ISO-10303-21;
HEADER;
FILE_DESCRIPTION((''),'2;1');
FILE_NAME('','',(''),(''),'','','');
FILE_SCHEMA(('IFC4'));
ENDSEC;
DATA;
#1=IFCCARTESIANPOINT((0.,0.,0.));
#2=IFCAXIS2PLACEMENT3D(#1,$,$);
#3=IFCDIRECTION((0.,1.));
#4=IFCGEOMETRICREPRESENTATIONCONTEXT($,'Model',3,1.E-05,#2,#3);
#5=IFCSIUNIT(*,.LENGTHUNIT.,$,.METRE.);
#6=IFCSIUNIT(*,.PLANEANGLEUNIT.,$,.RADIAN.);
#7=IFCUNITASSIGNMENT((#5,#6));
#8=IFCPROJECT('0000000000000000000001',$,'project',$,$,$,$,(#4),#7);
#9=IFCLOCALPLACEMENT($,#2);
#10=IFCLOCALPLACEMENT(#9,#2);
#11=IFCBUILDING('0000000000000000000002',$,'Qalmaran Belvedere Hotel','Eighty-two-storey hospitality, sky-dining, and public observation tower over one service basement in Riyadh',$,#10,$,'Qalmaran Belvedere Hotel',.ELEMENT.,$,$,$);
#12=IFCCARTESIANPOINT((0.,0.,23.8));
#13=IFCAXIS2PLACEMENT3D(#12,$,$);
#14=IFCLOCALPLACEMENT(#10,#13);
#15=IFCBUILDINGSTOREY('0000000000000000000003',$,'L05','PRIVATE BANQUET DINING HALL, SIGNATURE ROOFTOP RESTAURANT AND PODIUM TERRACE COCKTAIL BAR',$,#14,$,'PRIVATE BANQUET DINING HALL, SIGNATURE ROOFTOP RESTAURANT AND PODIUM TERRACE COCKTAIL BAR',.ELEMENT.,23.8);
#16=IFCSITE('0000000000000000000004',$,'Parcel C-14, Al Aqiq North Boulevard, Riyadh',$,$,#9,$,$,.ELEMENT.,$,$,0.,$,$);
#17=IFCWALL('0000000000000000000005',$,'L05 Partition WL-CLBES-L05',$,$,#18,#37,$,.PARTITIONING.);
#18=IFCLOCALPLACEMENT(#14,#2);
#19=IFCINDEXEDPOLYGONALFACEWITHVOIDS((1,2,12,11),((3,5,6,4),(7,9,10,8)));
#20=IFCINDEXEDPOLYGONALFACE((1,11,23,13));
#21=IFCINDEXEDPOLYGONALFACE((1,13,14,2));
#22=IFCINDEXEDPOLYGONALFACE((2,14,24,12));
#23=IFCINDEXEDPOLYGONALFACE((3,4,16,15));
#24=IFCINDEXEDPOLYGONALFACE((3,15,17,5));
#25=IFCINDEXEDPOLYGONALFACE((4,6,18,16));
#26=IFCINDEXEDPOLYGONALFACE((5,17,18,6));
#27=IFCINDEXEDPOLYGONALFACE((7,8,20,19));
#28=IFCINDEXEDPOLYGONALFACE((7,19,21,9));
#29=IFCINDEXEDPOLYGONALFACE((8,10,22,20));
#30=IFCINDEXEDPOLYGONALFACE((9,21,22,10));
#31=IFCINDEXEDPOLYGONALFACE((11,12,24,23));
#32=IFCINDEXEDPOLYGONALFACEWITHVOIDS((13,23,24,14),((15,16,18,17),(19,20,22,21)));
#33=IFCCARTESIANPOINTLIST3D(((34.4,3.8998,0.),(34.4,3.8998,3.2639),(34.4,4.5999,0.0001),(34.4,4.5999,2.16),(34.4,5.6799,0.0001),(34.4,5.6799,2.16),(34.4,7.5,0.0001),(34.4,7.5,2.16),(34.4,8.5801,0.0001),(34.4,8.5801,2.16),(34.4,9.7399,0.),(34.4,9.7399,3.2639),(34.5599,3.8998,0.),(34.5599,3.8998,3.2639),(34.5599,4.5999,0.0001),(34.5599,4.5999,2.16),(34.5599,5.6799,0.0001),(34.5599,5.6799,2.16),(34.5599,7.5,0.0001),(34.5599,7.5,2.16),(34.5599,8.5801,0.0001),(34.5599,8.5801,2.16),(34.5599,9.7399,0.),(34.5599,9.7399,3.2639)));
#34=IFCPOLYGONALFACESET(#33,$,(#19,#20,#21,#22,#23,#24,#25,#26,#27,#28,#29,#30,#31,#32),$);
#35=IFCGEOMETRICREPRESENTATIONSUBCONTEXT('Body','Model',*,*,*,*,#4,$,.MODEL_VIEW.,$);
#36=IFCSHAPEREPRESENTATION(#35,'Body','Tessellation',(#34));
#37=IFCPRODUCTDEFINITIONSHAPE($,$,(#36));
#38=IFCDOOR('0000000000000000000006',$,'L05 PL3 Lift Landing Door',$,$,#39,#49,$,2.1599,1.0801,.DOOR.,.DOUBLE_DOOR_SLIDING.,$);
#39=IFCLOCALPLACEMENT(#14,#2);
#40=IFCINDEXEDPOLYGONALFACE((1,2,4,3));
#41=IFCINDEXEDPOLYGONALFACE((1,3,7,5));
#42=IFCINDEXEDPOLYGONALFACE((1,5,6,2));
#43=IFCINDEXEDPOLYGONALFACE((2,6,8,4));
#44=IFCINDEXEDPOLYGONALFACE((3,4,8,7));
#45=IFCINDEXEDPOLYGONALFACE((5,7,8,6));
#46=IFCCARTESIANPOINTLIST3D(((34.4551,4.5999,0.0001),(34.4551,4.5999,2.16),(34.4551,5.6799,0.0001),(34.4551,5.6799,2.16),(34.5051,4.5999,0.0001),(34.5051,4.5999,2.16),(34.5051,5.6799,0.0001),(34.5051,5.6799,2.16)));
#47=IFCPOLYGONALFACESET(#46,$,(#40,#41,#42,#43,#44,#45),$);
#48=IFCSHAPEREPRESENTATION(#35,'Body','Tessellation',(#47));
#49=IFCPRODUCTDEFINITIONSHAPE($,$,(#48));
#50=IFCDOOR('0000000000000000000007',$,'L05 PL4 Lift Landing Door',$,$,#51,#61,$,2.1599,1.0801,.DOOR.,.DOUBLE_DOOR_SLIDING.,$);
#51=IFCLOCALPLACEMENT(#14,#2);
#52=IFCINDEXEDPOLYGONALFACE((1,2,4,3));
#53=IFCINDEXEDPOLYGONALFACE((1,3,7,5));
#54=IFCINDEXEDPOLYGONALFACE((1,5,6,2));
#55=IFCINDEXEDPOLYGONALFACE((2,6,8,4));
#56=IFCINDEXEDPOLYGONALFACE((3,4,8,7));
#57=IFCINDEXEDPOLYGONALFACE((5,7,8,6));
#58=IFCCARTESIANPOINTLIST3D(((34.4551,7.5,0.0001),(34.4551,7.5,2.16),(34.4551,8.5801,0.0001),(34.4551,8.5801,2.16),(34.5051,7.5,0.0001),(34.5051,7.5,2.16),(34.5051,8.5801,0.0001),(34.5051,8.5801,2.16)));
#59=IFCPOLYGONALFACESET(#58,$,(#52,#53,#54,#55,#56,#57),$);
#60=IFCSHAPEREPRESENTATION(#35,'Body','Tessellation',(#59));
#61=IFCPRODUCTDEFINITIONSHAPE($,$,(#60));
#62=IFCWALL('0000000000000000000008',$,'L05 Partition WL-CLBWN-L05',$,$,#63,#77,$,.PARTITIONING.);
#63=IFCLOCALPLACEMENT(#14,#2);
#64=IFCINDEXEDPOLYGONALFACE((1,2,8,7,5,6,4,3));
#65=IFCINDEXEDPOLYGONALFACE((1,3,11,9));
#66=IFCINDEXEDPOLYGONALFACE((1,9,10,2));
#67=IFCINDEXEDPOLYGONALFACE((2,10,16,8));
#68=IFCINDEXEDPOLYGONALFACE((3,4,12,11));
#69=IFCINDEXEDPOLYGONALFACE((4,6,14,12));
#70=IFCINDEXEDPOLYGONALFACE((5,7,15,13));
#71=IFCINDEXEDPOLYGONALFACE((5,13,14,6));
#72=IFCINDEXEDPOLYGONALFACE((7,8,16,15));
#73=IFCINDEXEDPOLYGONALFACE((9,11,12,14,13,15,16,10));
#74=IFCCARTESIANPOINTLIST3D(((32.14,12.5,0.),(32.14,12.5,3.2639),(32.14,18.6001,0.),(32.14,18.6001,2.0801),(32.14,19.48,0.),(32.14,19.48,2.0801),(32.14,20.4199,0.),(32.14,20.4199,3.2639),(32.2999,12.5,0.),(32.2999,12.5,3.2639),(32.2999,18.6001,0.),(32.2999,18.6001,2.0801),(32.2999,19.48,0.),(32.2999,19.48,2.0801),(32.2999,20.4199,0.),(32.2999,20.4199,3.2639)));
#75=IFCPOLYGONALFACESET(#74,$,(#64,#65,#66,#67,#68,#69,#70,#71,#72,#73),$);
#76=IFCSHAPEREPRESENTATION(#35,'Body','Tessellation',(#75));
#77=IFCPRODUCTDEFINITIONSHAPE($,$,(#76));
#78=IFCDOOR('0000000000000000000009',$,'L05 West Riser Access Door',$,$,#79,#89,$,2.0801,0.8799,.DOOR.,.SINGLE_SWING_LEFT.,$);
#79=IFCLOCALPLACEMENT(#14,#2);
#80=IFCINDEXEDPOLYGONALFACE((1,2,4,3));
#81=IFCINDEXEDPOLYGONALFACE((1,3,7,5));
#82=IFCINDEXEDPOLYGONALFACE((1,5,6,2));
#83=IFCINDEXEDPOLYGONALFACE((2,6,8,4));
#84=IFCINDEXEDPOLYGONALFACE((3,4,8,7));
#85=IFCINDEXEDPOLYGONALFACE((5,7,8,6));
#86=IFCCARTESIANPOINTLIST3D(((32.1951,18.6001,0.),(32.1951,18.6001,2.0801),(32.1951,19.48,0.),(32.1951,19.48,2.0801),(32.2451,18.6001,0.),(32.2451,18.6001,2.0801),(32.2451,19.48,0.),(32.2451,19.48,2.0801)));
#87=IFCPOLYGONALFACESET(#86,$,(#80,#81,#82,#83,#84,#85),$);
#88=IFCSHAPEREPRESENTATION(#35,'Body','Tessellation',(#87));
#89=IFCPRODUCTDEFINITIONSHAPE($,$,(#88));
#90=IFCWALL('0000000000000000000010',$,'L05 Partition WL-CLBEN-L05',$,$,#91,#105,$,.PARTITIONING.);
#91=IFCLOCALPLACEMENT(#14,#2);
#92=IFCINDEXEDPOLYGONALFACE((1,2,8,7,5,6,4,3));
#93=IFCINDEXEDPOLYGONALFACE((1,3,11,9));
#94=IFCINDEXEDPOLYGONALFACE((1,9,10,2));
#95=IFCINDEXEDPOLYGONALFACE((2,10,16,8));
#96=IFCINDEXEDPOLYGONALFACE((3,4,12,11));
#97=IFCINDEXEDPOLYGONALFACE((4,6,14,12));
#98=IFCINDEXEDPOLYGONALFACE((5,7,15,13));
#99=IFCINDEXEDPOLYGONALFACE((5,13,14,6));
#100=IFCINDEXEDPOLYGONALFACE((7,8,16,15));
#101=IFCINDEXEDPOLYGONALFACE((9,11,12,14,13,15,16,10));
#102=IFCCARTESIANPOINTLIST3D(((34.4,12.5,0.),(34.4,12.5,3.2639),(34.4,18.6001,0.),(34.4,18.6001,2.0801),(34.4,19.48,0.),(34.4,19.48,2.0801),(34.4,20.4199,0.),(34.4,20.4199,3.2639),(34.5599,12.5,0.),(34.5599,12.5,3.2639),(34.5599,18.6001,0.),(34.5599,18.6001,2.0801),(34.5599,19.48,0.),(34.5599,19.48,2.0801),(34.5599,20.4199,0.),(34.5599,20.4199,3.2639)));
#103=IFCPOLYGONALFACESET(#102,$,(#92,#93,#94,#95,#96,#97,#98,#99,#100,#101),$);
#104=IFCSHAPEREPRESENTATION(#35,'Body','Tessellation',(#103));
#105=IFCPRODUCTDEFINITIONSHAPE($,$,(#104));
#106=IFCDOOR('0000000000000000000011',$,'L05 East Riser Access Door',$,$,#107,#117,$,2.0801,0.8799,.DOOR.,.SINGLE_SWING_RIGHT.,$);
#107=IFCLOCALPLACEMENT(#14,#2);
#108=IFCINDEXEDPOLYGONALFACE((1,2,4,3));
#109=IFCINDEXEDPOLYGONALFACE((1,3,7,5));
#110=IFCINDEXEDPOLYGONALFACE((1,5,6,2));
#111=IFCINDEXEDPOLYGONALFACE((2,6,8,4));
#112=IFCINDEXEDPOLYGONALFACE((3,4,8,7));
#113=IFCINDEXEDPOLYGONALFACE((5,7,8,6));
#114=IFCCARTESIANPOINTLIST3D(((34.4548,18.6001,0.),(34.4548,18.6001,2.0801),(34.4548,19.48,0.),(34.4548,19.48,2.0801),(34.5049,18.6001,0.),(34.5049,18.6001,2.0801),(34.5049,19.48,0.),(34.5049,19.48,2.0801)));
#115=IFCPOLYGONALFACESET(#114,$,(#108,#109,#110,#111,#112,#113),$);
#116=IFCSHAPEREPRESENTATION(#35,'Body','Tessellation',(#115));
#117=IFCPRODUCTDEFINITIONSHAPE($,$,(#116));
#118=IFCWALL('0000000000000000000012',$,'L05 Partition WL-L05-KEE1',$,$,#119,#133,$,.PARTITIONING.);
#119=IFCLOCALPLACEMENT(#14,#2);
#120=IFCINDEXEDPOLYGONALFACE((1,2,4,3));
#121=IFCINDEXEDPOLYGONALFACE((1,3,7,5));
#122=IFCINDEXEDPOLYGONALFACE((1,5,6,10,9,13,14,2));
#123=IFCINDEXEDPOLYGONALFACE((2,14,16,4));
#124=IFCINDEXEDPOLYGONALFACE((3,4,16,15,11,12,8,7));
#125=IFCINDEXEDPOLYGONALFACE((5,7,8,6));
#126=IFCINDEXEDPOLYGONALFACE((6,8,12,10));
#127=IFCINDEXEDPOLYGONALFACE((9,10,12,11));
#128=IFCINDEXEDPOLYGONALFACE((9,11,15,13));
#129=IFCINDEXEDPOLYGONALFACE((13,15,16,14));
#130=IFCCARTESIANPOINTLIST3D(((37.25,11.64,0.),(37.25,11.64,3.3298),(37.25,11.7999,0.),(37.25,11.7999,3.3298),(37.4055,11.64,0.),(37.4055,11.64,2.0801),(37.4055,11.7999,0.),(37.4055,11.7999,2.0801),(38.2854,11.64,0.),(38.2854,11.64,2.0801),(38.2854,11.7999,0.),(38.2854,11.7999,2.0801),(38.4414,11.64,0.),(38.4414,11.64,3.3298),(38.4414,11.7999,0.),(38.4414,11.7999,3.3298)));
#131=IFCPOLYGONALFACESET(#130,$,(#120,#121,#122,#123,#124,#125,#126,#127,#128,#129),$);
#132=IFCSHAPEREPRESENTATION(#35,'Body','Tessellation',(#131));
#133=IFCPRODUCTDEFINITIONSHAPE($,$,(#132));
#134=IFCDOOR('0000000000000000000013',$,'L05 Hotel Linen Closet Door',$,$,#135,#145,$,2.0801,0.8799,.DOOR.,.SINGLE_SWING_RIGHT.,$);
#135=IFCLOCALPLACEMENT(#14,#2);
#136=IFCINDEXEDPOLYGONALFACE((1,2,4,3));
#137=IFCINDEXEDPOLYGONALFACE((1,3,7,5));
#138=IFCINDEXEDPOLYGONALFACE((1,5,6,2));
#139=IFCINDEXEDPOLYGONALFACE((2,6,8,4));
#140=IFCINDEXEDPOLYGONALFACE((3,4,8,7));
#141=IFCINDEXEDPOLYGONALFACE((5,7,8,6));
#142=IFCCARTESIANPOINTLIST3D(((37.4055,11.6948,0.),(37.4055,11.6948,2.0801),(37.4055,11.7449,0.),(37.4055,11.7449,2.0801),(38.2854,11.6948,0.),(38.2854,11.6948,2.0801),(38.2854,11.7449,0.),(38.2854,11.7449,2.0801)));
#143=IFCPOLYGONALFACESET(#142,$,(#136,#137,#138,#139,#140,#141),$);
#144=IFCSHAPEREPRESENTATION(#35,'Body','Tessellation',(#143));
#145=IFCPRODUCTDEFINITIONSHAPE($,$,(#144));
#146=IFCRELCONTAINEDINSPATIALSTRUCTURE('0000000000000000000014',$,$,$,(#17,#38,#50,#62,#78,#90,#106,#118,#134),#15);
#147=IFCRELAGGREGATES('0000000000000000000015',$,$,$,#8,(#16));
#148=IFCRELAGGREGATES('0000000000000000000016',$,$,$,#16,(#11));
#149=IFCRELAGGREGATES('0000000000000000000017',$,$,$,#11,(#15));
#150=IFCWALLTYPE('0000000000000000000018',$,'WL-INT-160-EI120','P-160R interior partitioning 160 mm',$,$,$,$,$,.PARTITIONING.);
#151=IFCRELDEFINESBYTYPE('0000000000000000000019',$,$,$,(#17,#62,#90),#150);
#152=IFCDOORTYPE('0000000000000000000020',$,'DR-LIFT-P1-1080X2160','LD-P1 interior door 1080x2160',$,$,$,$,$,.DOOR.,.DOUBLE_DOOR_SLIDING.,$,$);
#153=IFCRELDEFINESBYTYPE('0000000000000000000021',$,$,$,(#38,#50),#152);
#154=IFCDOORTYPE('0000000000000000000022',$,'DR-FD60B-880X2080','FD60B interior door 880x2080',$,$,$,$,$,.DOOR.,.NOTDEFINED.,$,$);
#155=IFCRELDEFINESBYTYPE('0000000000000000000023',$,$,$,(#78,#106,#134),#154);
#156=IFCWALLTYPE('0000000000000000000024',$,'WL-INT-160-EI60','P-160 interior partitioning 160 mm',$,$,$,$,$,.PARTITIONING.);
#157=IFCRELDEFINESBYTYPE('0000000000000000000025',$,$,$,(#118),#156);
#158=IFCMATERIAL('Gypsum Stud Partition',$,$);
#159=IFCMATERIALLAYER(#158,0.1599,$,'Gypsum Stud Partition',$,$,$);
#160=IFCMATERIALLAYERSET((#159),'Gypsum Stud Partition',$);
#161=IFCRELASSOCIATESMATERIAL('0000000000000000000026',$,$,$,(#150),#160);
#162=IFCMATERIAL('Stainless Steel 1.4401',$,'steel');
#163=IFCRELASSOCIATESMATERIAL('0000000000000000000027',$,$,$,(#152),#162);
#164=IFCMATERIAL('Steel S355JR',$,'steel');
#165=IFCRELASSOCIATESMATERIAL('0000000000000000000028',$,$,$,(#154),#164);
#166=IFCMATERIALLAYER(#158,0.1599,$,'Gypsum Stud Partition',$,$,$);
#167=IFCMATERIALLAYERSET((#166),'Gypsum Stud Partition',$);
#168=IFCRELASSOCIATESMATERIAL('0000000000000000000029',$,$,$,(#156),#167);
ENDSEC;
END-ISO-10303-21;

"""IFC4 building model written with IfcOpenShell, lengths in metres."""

from ifc_helpers import new_model, si_unit, direction, frame, frame_2d, origin, place, context, subcontext, project, spatial, rectangle, extrude, material, layer, layer_set, type_object, element, fill, save


model = new_model("IFC4")

# Units and contexts
model_context = context("Model", 3, precision=1e-05, world=origin(), true_north=direction((0.0, 1.0)))
body_context = subcontext(model_context, "Body", "Model", "MODEL_VIEW")
ifc_project = project(units=[si_unit("LENGTHUNIT", "METRE"), si_unit("PLANEANGLEUNIT", "RADIAN")], contexts=[model_context])

# Site, building, storey
site_placement = place(None, origin())
site = spatial("IfcSite", under=ifc_project, at=site_placement, Name="Parcel C-14, Al Aqiq North Boulevard, Riyadh", CompositionType="ELEMENT", RefElevation=0.0)
building_placement = place(site_placement, origin())
building = spatial("IfcBuilding", under=site, at=building_placement, Name="Qalmaran Belvedere Hotel", Description="Eighty-two-storey hospitality, sky-dining, and public observation tower over one service basement in Riyadh", LongName="Qalmaran Belvedere Hotel", CompositionType="ELEMENT")
storey_placement = place(building_placement, frame((0.0, 0.0, 23.8)))
storey = spatial("IfcBuildingStorey", under=building, at=storey_placement, Name="L05", Description="PRIVATE BANQUET DINING HALL, SIGNATURE ROOFTOP RESTAURANT AND PODIUM TERRACE COCKTAIL BAR", LongName="PRIVATE BANQUET DINING HALL, SIGNATURE ROOFTOP RESTAURANT AND PODIUM TERRACE COCKTAIL BAR", CompositionType="ELEMENT", Elevation=23.8)

# Shared definitions
ifc_material_1 = material(Name="Steel S355JR", Category="steel")

# Shared definitions
ifc_material_2 = material(Name="Gypsum Stud Partition")
ifc_layer_1 = layer(ifc_material_2, 0.1599, Name="Gypsum Stud Partition")
ifc_layer_set_1 = layer_set([ifc_layer_1], Name="Gypsum Stud Partition")
wall_type_1 = type_object("IfcWallType", Name="WL-INT-160-EI120", Description="P-160R interior partitioning 160 mm", PredefinedType="PARTITIONING", material=ifc_layer_set_1)

# Wall, openings, doors
ifc_material_3 = material(Name="Stainless Steel 1.4401", Category="steel")
door_type_1 = type_object("IfcDoorType", Name="DR-LIFT-P1-1080X2160", Description="LD-P1 interior door 1080x2160", OperationType="DOUBLE_DOOR_SLIDING", PredefinedType="DOOR", material=ifc_material_3)
wall_1_placement = place(storey_placement, frame((34.48, 3.8999, 0.0), z_axis=(0.0, 0.0, 1.0), x_axis=(0.0, 1.0, 0.0)))
wall_1 = element("IfcWall", 1, at=wall_1_placement, inside=storey, type_object=wall_type_1, Name="L05 Partition WL-CLBES-L05", PredefinedType="PARTITIONING", context=body_context, shape_type="SweptSolid", body=[
    extrude(rectangle(XDim=5.8401, YDim=0.1599, at=frame_2d((2.9199, 0.0))), origin(), (0.0, 0.0, 1.0), 3.2639),
])
opening_1_placement = place(wall_1_placement, frame((0.7, 0.0, 0.0)))
opening_1 = element("IfcOpeningElement", 2, at=opening_1_placement, cuts=wall_1, PredefinedType="OPENING", context=body_context, shape_type="SweptSolid", body=[
    extrude(rectangle(XDim=1.0801, YDim=2.1599, at=frame_2d((0.54, 1.0801))), frame((0.0, 0.0898, 0.0), z_axis=(0.0, -1.0, 0.0), x_axis=(1.0, 0.0, 0.0)), (0.0, 0.0, 1.0), 0.1799),
])
opening_2_placement = place(wall_1_placement, frame((3.6001, 0.0, 0.0)))
opening_2 = element("IfcOpeningElement", 3, at=opening_2_placement, cuts=wall_1, PredefinedType="OPENING", context=body_context, shape_type="SweptSolid", body=[
    extrude(rectangle(XDim=1.0801, YDim=2.1599, at=frame_2d((0.54, 1.0801))), frame((0.0, 0.0898, 0.0), z_axis=(0.0, -1.0, 0.0), x_axis=(1.0, 0.0, 0.0)), (0.0, 0.0, 1.0), 0.1799),
])
door_1_placement = place(opening_1_placement, origin())
door_1 = element("IfcDoor", 4, at=door_1_placement, inside=storey, type_object=door_type_1, Name="L05 PL3 Lift Landing Door", OperationType="DOUBLE_DOOR_SLIDING", OverallHeight=2.1599, OverallWidth=1.0801, PredefinedType="DOOR", context=body_context, shape_type="SweptSolid", body=[
    extrude(rectangle(XDim=1.0801, YDim=2.1599, at=frame_2d((0.54, 1.0801))), frame((0.0, 0.0249, 0.0), z_axis=(0.0, -1.0, 0.0), x_axis=(1.0, 0.0, 0.0)), (0.0, 0.0, 1.0), 0.05),
])
fill(opening_1, door_1)
door_2_placement = place(opening_2_placement, origin())
door_2 = element("IfcDoor", 5, at=door_2_placement, inside=storey, type_object=door_type_1, Name="L05 PL4 Lift Landing Door", OperationType="DOUBLE_DOOR_SLIDING", OverallHeight=2.1599, OverallWidth=1.0801, PredefinedType="DOOR", context=body_context, shape_type="SweptSolid", body=[
    extrude(rectangle(XDim=1.0801, YDim=2.1599, at=frame_2d((0.54, 1.0801))), frame((0.0, 0.0249, 0.0), z_axis=(0.0, -1.0, 0.0), x_axis=(1.0, 0.0, 0.0)), (0.0, 0.0, 1.0), 0.05),
])
fill(opening_2, door_2)

# Walls, openings, doors
wall_2_placement = place(storey_placement, frame((32.22, 12.5, 0.0), z_axis=(0.0, 0.0, 1.0), x_axis=(0.0, 1.0, 0.0)))
wall_2 = element("IfcWall", 6, at=wall_2_placement, inside=storey, type_object=wall_type_1, Name="L05 Partition WL-CLBWN-L05", PredefinedType="PARTITIONING", context=body_context, shape_type="SweptSolid", body=[
    extrude(rectangle(XDim=7.9199, YDim=0.1599, at=frame_2d((3.96, 0.0))), origin(), (0.0, 0.0, 1.0), 3.2639),
])
opening_3_placement = place(wall_2_placement, frame((6.1001, 0.0, 0.0)))
opening_3 = element("IfcOpeningElement", 7, at=opening_3_placement, cuts=wall_2, PredefinedType="OPENING", context=body_context, shape_type="SweptSolid", body=[
    extrude(rectangle(XDim=0.8799, YDim=2.0801, at=frame_2d((0.4399, 1.04))), frame((0.0, 0.0898, 0.0), z_axis=(0.0, -1.0, 0.0), x_axis=(1.0, 0.0, 0.0)), (0.0, 0.0, 1.0), 0.1799),
])
door_type_2 = type_object("IfcDoorType", Name="DR-FD60B-880X2080", Description="FD60B interior door 880x2080", OperationType="NOTDEFINED", PredefinedType="DOOR", material=ifc_material_1)
door_3_placement = place(opening_3_placement, origin())
door_3 = element("IfcDoor", 8, at=door_3_placement, inside=storey, type_object=door_type_2, Name="L05 West Riser Access Door", OperationType="SINGLE_SWING_LEFT", OverallHeight=2.0801, OverallWidth=0.8799, PredefinedType="DOOR", context=body_context, shape_type="SweptSolid", body=[
    extrude(rectangle(XDim=0.8799, YDim=2.0801, at=frame_2d((0.4399, 1.04))), frame((0.0, 0.0249, 0.0), z_axis=(0.0, -1.0, 0.0), x_axis=(1.0, 0.0, 0.0)), (0.0, 0.0, 1.0), 0.05),
])
fill(opening_3, door_3)
wall_3_placement = place(storey_placement, frame((34.48, 12.5, 0.0), z_axis=(0.0, 0.0, 1.0), x_axis=(0.0, 1.0, 0.0)))
wall_3 = element("IfcWall", 9, at=wall_3_placement, inside=storey, type_object=wall_type_1, Name="L05 Partition WL-CLBEN-L05", PredefinedType="PARTITIONING", context=body_context, shape_type="SweptSolid", body=[
    extrude(rectangle(XDim=7.9199, YDim=0.1599, at=frame_2d((3.96, 0.0))), origin(), (0.0, 0.0, 1.0), 3.2639),
])
opening_4_placement = place(wall_3_placement, frame((6.98, 0.0, 0.0), z_axis=(0.0, 0.0, 1.0), x_axis=(-1.0, 0.0, 0.0)))
opening_4 = element("IfcOpeningElement", 10, at=opening_4_placement, cuts=wall_3, PredefinedType="OPENING", context=body_context, shape_type="SweptSolid", body=[
    extrude(rectangle(XDim=0.8799, YDim=2.0801, at=frame_2d((0.4399, 1.04))), frame((0.0, 0.0898, 0.0), z_axis=(0.0, -1.0, 0.0), x_axis=(1.0, 0.0, 0.0)), (0.0, 0.0, 1.0), 0.1799),
])
door_4_placement = place(opening_4_placement, origin())
door_4 = element("IfcDoor", 11, at=door_4_placement, inside=storey, type_object=door_type_2, Name="L05 East Riser Access Door", OperationType="SINGLE_SWING_RIGHT", OverallHeight=2.0801, OverallWidth=0.8799, PredefinedType="DOOR", context=body_context, shape_type="SweptSolid", body=[
    extrude(rectangle(XDim=0.8799, YDim=2.0801, at=frame_2d((0.4399, 1.04))), frame((0.0, 0.0249, 0.0), z_axis=(0.0, -1.0, 0.0), x_axis=(1.0, 0.0, 0.0)), (0.0, 0.0, 1.0), 0.05),
])
fill(opening_4, door_4)
ifc_layer_2 = layer(ifc_material_2, 0.1599, Name="Gypsum Stud Partition")
ifc_layer_set_2 = layer_set([ifc_layer_2], Name="Gypsum Stud Partition")
wall_type_2 = type_object("IfcWallType", Name="WL-INT-160-EI60", Description="P-160 interior partitioning 160 mm", PredefinedType="PARTITIONING", material=ifc_layer_set_2)
wall_4_placement = place(storey_placement, frame((37.25, 11.72, 0.0), z_axis=(0.0, 0.0, 1.0), x_axis=(1.0, 0.0, 0.0)))
wall_4 = element("IfcWall", 12, at=wall_4_placement, inside=storey, type_object=wall_type_2, Name="L05 Partition WL-L05-KEE1", PredefinedType="PARTITIONING", context=body_context, shape_type="SweptSolid", body=[
    extrude(rectangle(XDim=1.1914, YDim=0.1599, at=frame_2d((0.5957, 0.0))), origin(), (0.0, 0.0, 1.0), 3.3298),
])
opening_5_placement = place(wall_4_placement, frame((0.1555, 0.0, 0.0)))
opening_5 = element("IfcOpeningElement", 13, at=opening_5_placement, cuts=wall_4, PredefinedType="OPENING", context=body_context, shape_type="SweptSolid", body=[
    extrude(rectangle(XDim=0.8799, YDim=2.0801, at=frame_2d((0.4399, 1.04))), frame((0.0, 0.0898, 0.0), z_axis=(0.0, -1.0, 0.0), x_axis=(1.0, 0.0, 0.0)), (0.0, 0.0, 1.0), 0.1799),
])
door_5_placement = place(opening_5_placement, origin())
door_5 = element("IfcDoor", 14, at=door_5_placement, inside=storey, type_object=door_type_2, Name="L05 Hotel Linen Closet Door", OperationType="SINGLE_SWING_RIGHT", OverallHeight=2.0801, OverallWidth=0.8799, PredefinedType="DOOR", context=body_context, shape_type="SweptSolid", body=[
    extrude(rectangle(XDim=0.8799, YDim=2.0801, at=frame_2d((0.4399, 1.04))), frame((0.0, 0.0249, 0.0), z_axis=(0.0, -1.0, 0.0), x_axis=(1.0, 0.0, 0.0)), (0.0, 0.0, 1.0), 0.05),
])
fill(opening_5, door_5)

save(model, "model.ifc")
